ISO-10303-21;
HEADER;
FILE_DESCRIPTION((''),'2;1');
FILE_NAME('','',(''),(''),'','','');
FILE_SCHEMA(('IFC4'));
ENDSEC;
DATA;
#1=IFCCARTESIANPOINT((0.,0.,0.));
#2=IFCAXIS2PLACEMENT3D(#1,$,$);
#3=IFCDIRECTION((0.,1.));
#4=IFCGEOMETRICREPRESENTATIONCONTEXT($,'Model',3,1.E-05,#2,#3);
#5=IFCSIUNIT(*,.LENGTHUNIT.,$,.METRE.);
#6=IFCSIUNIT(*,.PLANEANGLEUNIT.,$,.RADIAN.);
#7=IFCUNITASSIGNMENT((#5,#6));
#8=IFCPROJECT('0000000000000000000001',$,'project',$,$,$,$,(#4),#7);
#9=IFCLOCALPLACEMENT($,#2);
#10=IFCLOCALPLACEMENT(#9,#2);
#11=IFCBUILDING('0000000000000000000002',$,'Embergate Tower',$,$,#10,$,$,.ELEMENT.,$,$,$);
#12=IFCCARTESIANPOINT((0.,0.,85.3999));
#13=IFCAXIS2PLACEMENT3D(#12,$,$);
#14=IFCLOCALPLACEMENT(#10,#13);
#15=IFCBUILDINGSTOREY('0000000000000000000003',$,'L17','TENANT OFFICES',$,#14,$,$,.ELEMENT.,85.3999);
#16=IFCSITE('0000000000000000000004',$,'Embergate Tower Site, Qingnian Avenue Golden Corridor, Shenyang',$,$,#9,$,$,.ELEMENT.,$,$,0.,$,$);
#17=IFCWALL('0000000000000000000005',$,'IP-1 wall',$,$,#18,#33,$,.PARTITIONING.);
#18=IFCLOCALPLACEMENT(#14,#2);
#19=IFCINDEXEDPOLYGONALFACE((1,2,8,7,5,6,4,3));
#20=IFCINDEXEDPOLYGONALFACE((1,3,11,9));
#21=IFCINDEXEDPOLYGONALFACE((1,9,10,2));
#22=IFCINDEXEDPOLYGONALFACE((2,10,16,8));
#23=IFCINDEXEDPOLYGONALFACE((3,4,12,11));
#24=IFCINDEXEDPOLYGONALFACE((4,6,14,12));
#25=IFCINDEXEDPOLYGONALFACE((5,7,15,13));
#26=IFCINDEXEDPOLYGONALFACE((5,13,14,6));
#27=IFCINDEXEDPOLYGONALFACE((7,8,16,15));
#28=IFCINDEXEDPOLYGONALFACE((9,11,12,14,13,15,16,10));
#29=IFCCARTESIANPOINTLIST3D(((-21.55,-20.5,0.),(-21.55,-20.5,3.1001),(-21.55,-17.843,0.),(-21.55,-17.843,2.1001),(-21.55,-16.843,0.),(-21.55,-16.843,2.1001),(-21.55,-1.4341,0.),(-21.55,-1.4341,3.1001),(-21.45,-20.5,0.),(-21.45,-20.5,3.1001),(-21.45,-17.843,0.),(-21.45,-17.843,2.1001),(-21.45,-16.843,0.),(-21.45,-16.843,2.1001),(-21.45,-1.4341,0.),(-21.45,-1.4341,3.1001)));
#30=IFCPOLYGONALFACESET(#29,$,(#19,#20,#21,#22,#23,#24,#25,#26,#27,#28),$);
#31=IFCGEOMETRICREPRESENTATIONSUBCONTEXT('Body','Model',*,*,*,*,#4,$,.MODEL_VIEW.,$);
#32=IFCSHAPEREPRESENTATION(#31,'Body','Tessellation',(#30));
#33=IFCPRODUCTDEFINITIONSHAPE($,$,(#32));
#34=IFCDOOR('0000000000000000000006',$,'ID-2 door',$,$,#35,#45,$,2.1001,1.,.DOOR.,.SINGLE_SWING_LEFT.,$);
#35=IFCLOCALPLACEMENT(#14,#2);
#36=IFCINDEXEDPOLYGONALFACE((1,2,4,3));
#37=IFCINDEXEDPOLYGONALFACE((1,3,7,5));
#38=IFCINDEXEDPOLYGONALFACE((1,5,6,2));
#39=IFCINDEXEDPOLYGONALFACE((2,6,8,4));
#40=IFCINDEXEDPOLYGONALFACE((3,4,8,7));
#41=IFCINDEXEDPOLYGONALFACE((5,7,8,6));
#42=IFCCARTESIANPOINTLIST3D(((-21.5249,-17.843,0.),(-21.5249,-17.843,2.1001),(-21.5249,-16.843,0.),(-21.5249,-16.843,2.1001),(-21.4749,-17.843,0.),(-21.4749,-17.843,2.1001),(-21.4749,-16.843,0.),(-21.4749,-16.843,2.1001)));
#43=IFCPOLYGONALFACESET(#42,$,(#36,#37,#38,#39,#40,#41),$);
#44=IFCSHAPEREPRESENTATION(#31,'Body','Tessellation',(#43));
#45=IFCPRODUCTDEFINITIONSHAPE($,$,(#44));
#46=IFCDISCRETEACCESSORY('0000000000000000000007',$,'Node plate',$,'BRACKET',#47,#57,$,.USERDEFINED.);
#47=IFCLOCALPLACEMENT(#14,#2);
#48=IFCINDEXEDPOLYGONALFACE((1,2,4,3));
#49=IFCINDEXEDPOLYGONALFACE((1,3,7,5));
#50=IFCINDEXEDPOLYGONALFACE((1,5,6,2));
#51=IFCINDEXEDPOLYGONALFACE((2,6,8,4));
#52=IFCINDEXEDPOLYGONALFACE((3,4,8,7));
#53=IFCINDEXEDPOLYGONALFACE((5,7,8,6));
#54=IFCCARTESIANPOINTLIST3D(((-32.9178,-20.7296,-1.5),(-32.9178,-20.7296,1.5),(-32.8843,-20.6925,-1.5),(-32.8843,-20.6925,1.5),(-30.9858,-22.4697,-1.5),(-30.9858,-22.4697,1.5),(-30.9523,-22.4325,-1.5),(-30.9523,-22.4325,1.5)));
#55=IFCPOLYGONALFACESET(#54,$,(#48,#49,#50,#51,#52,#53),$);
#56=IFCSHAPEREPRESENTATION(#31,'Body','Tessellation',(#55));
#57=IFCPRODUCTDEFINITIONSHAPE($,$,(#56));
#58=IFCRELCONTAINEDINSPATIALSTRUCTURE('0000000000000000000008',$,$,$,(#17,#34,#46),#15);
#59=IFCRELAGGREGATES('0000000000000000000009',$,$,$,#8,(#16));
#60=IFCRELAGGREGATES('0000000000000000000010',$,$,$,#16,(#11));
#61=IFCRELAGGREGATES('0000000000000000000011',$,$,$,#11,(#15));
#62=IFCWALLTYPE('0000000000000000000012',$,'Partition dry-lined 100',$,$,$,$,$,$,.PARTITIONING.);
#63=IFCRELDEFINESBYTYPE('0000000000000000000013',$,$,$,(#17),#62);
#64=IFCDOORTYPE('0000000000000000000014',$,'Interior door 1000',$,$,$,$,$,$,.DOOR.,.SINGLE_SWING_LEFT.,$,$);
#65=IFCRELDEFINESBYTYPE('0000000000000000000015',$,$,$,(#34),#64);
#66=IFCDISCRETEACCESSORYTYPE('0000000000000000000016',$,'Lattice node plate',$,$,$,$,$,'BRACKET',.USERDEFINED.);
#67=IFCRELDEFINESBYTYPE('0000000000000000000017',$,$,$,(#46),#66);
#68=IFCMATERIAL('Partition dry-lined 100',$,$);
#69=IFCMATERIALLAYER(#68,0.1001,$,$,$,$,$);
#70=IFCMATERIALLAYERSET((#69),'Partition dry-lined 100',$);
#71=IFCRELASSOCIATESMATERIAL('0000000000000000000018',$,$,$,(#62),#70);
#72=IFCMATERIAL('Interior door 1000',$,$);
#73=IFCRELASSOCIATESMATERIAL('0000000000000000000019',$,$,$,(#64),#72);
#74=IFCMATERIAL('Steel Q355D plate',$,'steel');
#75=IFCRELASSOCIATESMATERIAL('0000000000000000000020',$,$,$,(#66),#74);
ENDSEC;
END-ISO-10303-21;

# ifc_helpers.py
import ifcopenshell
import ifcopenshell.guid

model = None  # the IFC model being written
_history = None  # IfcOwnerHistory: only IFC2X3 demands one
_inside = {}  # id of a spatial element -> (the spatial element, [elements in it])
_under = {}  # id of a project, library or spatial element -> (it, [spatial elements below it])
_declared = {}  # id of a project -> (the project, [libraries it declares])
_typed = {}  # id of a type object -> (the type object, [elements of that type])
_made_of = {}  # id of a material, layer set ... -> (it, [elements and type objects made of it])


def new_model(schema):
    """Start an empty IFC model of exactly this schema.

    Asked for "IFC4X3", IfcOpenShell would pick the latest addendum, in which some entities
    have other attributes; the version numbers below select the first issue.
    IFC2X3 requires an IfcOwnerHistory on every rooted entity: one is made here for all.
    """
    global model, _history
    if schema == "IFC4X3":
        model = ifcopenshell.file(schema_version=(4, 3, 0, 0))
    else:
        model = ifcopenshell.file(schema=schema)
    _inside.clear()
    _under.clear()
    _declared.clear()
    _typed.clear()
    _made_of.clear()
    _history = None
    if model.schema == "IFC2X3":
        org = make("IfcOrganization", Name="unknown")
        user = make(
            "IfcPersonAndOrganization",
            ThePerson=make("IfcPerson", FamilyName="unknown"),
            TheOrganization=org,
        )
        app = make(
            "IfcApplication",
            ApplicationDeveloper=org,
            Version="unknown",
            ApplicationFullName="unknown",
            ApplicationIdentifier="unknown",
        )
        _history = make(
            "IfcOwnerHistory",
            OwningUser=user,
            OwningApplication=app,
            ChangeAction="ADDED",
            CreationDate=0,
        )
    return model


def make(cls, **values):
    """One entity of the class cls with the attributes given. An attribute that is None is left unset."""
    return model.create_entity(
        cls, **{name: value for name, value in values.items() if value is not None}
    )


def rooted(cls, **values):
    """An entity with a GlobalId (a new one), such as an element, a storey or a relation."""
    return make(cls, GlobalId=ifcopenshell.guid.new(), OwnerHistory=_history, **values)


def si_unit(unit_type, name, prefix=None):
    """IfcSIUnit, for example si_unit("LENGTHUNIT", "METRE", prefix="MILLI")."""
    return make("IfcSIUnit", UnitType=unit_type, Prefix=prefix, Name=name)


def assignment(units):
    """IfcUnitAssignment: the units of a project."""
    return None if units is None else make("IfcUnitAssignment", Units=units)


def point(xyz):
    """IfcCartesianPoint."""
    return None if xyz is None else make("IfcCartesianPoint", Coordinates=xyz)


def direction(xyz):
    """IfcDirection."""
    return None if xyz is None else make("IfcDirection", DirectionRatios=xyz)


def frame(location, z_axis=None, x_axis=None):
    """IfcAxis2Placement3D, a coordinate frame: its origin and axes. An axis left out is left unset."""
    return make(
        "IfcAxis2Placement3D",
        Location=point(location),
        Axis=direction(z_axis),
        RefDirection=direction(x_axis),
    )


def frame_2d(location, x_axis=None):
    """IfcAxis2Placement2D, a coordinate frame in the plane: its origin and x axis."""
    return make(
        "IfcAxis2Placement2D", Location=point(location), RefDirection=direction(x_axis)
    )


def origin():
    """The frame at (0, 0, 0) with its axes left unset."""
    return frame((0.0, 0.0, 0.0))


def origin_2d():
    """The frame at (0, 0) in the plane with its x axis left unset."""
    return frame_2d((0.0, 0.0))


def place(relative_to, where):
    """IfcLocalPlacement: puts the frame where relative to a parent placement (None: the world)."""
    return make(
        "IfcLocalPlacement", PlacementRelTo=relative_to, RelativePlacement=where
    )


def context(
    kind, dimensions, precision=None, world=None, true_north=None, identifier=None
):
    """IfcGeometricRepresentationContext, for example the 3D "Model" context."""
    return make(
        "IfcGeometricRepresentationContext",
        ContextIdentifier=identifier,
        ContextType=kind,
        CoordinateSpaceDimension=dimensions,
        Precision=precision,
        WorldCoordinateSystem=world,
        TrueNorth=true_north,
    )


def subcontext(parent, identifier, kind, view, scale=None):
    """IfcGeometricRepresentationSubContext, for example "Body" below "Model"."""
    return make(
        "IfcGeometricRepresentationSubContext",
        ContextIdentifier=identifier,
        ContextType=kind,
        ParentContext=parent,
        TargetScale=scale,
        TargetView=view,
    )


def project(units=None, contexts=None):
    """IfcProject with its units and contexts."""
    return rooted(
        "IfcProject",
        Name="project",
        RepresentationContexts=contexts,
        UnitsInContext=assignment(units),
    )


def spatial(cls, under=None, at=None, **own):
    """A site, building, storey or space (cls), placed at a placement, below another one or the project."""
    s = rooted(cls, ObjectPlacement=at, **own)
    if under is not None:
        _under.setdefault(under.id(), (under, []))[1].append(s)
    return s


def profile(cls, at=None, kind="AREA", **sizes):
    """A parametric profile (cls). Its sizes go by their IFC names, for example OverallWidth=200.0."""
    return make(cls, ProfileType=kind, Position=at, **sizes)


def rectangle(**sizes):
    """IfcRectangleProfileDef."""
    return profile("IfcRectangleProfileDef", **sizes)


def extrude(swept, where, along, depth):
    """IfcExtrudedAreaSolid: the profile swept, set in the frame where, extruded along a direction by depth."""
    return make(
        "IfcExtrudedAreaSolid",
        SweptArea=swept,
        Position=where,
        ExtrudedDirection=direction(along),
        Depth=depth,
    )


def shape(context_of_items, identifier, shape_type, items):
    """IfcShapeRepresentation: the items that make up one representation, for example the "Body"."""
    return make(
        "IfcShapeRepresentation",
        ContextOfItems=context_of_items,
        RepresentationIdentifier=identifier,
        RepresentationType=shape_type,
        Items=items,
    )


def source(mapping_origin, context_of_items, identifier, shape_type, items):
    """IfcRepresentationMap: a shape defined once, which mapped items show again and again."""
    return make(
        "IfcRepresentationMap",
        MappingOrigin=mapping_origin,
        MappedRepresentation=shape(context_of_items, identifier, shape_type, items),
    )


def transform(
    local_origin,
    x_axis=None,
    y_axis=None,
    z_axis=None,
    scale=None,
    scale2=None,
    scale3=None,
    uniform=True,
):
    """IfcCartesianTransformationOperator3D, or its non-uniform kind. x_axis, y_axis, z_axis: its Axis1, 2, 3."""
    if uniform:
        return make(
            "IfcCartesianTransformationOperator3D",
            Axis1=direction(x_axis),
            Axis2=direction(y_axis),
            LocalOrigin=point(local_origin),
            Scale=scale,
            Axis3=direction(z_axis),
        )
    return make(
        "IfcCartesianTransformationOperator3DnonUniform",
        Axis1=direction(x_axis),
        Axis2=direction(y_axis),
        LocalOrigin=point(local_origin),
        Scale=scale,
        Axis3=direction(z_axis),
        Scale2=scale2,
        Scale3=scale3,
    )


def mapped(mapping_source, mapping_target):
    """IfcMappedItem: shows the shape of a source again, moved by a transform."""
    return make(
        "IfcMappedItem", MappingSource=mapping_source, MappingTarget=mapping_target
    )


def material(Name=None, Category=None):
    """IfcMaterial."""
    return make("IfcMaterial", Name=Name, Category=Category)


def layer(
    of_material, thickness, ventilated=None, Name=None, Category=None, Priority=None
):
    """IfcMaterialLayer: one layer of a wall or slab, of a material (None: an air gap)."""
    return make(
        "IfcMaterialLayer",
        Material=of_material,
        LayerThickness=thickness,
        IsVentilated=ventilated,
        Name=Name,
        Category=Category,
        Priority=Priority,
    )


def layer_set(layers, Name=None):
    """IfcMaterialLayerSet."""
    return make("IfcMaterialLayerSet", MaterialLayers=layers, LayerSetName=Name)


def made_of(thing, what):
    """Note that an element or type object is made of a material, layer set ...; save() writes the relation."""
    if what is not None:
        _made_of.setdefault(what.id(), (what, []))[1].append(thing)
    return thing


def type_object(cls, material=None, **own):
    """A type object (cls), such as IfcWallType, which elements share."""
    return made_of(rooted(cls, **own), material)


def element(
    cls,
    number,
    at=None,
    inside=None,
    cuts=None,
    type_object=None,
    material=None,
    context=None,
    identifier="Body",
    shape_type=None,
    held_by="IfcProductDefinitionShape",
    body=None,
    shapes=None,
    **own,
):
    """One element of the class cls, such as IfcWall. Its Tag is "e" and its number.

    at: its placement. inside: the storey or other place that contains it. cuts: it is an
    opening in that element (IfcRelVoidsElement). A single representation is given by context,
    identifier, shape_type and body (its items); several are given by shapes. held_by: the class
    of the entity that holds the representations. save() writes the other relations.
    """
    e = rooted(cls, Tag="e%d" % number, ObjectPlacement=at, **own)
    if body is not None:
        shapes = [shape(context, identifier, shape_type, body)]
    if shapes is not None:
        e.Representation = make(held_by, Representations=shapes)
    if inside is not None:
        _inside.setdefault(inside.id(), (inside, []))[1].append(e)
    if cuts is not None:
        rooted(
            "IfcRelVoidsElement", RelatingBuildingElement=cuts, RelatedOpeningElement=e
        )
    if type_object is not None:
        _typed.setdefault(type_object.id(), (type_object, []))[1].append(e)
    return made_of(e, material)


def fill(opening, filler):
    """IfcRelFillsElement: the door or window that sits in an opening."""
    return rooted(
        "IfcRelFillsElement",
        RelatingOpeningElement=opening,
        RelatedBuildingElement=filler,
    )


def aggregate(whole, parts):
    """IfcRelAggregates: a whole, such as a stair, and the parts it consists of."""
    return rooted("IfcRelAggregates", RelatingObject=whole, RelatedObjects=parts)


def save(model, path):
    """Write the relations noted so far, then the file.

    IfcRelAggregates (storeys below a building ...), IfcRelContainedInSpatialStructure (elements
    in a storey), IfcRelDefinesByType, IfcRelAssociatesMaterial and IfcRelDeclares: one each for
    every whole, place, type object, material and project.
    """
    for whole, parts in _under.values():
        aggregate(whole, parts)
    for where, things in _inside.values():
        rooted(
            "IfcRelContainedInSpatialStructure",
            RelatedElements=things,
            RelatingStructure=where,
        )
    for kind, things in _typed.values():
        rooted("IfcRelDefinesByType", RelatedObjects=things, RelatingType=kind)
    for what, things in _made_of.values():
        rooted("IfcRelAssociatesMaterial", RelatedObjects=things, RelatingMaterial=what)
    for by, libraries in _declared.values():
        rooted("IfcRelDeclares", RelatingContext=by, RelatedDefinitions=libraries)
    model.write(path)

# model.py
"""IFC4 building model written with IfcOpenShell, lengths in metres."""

from ifc_helpers import new_model, si_unit, direction, frame, frame_2d, origin, origin_2d, place, context, subcontext, project, spatial, rectangle, extrude, source, transform, mapped, material, layer, layer_set, type_object, element, fill, save


model = new_model("IFC4")

# Units and contexts
model_context = context("Model", 3, precision=1e-05, world=origin(), true_north=direction((0.0, 1.0)))
body_context = subcontext(model_context, "Body", "Model", "MODEL_VIEW")
ifc_project = project(units=[si_unit("LENGTHUNIT", "METRE"), si_unit("PLANEANGLEUNIT", "RADIAN")], contexts=[model_context])

# Site, building, storey
site_placement = place(None, origin())
site = spatial("IfcSite", under=ifc_project, at=site_placement, Name="Embergate Tower Site, Qingnian Avenue Golden Corridor, Shenyang", CompositionType="ELEMENT", RefElevation=0.0)
building_placement = place(site_placement, origin())
building = spatial("IfcBuilding", under=site, at=building_placement, Name="Embergate Tower", CompositionType="ELEMENT")
storey_placement = place(building_placement, frame((0.0, 0.0, 85.3999)))
storey = spatial("IfcBuildingStorey", under=building, at=storey_placement, Name="L17", Description="TENANT OFFICES", CompositionType="ELEMENT", Elevation=85.3999)

# Wall, opening, door
ifc_material_1 = material(Name="Partition dry-lined 100")
ifc_layer_1 = layer(ifc_material_1, 0.1001)
ifc_layer_set_1 = layer_set([ifc_layer_1], Name="Partition dry-lined 100")
wall_type = type_object("IfcWallType", Name="Partition dry-lined 100", PredefinedType="PARTITIONING", material=ifc_layer_set_1)
shared_shape_1 = source(origin(), body_context, "Body", "SweptSolid", [
    extrude(rectangle(XDim=19.0659, YDim=0.1001, at=frame_2d((9.533, 0.0))), origin(), (0.0, 0.0, 1.0), 3.1001),
])
wall_placement = place(storey_placement, frame((-21.5, -20.5, 0.0), z_axis=(0.0, 0.0, 1.0), x_axis=(0.0, 1.0, 0.0)))
wall = element("IfcWall", 1, at=wall_placement, inside=storey, type_object=wall_type, Name="IP-1 wall", PredefinedType="PARTITIONING", context=body_context, shape_type="MappedRepresentation", body=[
    mapped(shared_shape_1, transform((0.0, 0.0, 0.0))),
])
shared_shape_2 = source(origin(), body_context, "Body", "SweptSolid", [
    extrude(rectangle(XDim=1.0, YDim=2.1001, at=frame_2d((0.5, 1.05))), frame((0.0, 0.0601, 0.0), z_axis=(0.0, -1.0, 0.0), x_axis=(1.0, 0.0, 0.0)), (0.0, 0.0, 1.0), 0.1201),
])
opening_placement = place(wall_placement, frame((2.657, 0.0, 0.0)))
opening = element("IfcOpeningElement", 2, at=opening_placement, cuts=wall, PredefinedType="OPENING", context=body_context, shape_type="MappedRepresentation", body=[
    mapped(shared_shape_2, transform((0.0, 0.0, 0.0))),
])
ifc_material_2 = material(Name="Interior door 1000")
door_type = type_object("IfcDoorType", Name="Interior door 1000", OperationType="SINGLE_SWING_LEFT", PredefinedType="DOOR", material=ifc_material_2)
shared_shape_3 = source(origin(), body_context, "Body", "SweptSolid", [
    extrude(rectangle(XDim=1.0, YDim=2.1001, at=frame_2d((0.5, 1.05))), frame((0.0, 0.0249, 0.0), z_axis=(0.0, -1.0, 0.0), x_axis=(1.0, 0.0, 0.0)), (0.0, 0.0, 1.0), 0.05),
])
door_placement = place(opening_placement, origin())
door = element("IfcDoor", 3, at=door_placement, inside=storey, type_object=door_type, Name="ID-2 door", OperationType="SINGLE_SWING_LEFT", OverallHeight=2.1001, OverallWidth=1.0, PredefinedType="DOOR", context=body_context, shape_type="MappedRepresentation", body=[
    mapped(shared_shape_3, transform((0.0, 0.0, 0.0))),
])
fill(opening, door)

# Discrete accessory
ifc_material_3 = material(Name="Steel Q355D plate", Category="steel")
discrete_accessory_type = type_object("IfcDiscreteAccessoryType", Name="Lattice node plate", ElementType="BRACKET", PredefinedType="USERDEFINED", material=ifc_material_3)
shared_shape_4 = source(origin(), body_context, "Body", "SweptSolid", [
    extrude(rectangle(XDim=2.6001, YDim=0.05, at=origin_2d()), origin(), (0.0, 0.0, 1.0), 3.0),
])
discrete_accessory_placement = place(storey_placement, frame((-31.9351, -21.5811, -1.5), z_axis=(0.0, 0.0, 1.0), x_axis=(0.743075, -0.669208, 0.0)))
element("IfcDiscreteAccessory", 4, at=discrete_accessory_placement, inside=storey, type_object=discrete_accessory_type, Name="Node plate", ObjectType="BRACKET", PredefinedType="USERDEFINED", context=body_context, shape_type="MappedRepresentation", body=[
    mapped(shared_shape_4, transform((0.0, 0.0, 0.0))),
])

save(model, "model.ifc")
